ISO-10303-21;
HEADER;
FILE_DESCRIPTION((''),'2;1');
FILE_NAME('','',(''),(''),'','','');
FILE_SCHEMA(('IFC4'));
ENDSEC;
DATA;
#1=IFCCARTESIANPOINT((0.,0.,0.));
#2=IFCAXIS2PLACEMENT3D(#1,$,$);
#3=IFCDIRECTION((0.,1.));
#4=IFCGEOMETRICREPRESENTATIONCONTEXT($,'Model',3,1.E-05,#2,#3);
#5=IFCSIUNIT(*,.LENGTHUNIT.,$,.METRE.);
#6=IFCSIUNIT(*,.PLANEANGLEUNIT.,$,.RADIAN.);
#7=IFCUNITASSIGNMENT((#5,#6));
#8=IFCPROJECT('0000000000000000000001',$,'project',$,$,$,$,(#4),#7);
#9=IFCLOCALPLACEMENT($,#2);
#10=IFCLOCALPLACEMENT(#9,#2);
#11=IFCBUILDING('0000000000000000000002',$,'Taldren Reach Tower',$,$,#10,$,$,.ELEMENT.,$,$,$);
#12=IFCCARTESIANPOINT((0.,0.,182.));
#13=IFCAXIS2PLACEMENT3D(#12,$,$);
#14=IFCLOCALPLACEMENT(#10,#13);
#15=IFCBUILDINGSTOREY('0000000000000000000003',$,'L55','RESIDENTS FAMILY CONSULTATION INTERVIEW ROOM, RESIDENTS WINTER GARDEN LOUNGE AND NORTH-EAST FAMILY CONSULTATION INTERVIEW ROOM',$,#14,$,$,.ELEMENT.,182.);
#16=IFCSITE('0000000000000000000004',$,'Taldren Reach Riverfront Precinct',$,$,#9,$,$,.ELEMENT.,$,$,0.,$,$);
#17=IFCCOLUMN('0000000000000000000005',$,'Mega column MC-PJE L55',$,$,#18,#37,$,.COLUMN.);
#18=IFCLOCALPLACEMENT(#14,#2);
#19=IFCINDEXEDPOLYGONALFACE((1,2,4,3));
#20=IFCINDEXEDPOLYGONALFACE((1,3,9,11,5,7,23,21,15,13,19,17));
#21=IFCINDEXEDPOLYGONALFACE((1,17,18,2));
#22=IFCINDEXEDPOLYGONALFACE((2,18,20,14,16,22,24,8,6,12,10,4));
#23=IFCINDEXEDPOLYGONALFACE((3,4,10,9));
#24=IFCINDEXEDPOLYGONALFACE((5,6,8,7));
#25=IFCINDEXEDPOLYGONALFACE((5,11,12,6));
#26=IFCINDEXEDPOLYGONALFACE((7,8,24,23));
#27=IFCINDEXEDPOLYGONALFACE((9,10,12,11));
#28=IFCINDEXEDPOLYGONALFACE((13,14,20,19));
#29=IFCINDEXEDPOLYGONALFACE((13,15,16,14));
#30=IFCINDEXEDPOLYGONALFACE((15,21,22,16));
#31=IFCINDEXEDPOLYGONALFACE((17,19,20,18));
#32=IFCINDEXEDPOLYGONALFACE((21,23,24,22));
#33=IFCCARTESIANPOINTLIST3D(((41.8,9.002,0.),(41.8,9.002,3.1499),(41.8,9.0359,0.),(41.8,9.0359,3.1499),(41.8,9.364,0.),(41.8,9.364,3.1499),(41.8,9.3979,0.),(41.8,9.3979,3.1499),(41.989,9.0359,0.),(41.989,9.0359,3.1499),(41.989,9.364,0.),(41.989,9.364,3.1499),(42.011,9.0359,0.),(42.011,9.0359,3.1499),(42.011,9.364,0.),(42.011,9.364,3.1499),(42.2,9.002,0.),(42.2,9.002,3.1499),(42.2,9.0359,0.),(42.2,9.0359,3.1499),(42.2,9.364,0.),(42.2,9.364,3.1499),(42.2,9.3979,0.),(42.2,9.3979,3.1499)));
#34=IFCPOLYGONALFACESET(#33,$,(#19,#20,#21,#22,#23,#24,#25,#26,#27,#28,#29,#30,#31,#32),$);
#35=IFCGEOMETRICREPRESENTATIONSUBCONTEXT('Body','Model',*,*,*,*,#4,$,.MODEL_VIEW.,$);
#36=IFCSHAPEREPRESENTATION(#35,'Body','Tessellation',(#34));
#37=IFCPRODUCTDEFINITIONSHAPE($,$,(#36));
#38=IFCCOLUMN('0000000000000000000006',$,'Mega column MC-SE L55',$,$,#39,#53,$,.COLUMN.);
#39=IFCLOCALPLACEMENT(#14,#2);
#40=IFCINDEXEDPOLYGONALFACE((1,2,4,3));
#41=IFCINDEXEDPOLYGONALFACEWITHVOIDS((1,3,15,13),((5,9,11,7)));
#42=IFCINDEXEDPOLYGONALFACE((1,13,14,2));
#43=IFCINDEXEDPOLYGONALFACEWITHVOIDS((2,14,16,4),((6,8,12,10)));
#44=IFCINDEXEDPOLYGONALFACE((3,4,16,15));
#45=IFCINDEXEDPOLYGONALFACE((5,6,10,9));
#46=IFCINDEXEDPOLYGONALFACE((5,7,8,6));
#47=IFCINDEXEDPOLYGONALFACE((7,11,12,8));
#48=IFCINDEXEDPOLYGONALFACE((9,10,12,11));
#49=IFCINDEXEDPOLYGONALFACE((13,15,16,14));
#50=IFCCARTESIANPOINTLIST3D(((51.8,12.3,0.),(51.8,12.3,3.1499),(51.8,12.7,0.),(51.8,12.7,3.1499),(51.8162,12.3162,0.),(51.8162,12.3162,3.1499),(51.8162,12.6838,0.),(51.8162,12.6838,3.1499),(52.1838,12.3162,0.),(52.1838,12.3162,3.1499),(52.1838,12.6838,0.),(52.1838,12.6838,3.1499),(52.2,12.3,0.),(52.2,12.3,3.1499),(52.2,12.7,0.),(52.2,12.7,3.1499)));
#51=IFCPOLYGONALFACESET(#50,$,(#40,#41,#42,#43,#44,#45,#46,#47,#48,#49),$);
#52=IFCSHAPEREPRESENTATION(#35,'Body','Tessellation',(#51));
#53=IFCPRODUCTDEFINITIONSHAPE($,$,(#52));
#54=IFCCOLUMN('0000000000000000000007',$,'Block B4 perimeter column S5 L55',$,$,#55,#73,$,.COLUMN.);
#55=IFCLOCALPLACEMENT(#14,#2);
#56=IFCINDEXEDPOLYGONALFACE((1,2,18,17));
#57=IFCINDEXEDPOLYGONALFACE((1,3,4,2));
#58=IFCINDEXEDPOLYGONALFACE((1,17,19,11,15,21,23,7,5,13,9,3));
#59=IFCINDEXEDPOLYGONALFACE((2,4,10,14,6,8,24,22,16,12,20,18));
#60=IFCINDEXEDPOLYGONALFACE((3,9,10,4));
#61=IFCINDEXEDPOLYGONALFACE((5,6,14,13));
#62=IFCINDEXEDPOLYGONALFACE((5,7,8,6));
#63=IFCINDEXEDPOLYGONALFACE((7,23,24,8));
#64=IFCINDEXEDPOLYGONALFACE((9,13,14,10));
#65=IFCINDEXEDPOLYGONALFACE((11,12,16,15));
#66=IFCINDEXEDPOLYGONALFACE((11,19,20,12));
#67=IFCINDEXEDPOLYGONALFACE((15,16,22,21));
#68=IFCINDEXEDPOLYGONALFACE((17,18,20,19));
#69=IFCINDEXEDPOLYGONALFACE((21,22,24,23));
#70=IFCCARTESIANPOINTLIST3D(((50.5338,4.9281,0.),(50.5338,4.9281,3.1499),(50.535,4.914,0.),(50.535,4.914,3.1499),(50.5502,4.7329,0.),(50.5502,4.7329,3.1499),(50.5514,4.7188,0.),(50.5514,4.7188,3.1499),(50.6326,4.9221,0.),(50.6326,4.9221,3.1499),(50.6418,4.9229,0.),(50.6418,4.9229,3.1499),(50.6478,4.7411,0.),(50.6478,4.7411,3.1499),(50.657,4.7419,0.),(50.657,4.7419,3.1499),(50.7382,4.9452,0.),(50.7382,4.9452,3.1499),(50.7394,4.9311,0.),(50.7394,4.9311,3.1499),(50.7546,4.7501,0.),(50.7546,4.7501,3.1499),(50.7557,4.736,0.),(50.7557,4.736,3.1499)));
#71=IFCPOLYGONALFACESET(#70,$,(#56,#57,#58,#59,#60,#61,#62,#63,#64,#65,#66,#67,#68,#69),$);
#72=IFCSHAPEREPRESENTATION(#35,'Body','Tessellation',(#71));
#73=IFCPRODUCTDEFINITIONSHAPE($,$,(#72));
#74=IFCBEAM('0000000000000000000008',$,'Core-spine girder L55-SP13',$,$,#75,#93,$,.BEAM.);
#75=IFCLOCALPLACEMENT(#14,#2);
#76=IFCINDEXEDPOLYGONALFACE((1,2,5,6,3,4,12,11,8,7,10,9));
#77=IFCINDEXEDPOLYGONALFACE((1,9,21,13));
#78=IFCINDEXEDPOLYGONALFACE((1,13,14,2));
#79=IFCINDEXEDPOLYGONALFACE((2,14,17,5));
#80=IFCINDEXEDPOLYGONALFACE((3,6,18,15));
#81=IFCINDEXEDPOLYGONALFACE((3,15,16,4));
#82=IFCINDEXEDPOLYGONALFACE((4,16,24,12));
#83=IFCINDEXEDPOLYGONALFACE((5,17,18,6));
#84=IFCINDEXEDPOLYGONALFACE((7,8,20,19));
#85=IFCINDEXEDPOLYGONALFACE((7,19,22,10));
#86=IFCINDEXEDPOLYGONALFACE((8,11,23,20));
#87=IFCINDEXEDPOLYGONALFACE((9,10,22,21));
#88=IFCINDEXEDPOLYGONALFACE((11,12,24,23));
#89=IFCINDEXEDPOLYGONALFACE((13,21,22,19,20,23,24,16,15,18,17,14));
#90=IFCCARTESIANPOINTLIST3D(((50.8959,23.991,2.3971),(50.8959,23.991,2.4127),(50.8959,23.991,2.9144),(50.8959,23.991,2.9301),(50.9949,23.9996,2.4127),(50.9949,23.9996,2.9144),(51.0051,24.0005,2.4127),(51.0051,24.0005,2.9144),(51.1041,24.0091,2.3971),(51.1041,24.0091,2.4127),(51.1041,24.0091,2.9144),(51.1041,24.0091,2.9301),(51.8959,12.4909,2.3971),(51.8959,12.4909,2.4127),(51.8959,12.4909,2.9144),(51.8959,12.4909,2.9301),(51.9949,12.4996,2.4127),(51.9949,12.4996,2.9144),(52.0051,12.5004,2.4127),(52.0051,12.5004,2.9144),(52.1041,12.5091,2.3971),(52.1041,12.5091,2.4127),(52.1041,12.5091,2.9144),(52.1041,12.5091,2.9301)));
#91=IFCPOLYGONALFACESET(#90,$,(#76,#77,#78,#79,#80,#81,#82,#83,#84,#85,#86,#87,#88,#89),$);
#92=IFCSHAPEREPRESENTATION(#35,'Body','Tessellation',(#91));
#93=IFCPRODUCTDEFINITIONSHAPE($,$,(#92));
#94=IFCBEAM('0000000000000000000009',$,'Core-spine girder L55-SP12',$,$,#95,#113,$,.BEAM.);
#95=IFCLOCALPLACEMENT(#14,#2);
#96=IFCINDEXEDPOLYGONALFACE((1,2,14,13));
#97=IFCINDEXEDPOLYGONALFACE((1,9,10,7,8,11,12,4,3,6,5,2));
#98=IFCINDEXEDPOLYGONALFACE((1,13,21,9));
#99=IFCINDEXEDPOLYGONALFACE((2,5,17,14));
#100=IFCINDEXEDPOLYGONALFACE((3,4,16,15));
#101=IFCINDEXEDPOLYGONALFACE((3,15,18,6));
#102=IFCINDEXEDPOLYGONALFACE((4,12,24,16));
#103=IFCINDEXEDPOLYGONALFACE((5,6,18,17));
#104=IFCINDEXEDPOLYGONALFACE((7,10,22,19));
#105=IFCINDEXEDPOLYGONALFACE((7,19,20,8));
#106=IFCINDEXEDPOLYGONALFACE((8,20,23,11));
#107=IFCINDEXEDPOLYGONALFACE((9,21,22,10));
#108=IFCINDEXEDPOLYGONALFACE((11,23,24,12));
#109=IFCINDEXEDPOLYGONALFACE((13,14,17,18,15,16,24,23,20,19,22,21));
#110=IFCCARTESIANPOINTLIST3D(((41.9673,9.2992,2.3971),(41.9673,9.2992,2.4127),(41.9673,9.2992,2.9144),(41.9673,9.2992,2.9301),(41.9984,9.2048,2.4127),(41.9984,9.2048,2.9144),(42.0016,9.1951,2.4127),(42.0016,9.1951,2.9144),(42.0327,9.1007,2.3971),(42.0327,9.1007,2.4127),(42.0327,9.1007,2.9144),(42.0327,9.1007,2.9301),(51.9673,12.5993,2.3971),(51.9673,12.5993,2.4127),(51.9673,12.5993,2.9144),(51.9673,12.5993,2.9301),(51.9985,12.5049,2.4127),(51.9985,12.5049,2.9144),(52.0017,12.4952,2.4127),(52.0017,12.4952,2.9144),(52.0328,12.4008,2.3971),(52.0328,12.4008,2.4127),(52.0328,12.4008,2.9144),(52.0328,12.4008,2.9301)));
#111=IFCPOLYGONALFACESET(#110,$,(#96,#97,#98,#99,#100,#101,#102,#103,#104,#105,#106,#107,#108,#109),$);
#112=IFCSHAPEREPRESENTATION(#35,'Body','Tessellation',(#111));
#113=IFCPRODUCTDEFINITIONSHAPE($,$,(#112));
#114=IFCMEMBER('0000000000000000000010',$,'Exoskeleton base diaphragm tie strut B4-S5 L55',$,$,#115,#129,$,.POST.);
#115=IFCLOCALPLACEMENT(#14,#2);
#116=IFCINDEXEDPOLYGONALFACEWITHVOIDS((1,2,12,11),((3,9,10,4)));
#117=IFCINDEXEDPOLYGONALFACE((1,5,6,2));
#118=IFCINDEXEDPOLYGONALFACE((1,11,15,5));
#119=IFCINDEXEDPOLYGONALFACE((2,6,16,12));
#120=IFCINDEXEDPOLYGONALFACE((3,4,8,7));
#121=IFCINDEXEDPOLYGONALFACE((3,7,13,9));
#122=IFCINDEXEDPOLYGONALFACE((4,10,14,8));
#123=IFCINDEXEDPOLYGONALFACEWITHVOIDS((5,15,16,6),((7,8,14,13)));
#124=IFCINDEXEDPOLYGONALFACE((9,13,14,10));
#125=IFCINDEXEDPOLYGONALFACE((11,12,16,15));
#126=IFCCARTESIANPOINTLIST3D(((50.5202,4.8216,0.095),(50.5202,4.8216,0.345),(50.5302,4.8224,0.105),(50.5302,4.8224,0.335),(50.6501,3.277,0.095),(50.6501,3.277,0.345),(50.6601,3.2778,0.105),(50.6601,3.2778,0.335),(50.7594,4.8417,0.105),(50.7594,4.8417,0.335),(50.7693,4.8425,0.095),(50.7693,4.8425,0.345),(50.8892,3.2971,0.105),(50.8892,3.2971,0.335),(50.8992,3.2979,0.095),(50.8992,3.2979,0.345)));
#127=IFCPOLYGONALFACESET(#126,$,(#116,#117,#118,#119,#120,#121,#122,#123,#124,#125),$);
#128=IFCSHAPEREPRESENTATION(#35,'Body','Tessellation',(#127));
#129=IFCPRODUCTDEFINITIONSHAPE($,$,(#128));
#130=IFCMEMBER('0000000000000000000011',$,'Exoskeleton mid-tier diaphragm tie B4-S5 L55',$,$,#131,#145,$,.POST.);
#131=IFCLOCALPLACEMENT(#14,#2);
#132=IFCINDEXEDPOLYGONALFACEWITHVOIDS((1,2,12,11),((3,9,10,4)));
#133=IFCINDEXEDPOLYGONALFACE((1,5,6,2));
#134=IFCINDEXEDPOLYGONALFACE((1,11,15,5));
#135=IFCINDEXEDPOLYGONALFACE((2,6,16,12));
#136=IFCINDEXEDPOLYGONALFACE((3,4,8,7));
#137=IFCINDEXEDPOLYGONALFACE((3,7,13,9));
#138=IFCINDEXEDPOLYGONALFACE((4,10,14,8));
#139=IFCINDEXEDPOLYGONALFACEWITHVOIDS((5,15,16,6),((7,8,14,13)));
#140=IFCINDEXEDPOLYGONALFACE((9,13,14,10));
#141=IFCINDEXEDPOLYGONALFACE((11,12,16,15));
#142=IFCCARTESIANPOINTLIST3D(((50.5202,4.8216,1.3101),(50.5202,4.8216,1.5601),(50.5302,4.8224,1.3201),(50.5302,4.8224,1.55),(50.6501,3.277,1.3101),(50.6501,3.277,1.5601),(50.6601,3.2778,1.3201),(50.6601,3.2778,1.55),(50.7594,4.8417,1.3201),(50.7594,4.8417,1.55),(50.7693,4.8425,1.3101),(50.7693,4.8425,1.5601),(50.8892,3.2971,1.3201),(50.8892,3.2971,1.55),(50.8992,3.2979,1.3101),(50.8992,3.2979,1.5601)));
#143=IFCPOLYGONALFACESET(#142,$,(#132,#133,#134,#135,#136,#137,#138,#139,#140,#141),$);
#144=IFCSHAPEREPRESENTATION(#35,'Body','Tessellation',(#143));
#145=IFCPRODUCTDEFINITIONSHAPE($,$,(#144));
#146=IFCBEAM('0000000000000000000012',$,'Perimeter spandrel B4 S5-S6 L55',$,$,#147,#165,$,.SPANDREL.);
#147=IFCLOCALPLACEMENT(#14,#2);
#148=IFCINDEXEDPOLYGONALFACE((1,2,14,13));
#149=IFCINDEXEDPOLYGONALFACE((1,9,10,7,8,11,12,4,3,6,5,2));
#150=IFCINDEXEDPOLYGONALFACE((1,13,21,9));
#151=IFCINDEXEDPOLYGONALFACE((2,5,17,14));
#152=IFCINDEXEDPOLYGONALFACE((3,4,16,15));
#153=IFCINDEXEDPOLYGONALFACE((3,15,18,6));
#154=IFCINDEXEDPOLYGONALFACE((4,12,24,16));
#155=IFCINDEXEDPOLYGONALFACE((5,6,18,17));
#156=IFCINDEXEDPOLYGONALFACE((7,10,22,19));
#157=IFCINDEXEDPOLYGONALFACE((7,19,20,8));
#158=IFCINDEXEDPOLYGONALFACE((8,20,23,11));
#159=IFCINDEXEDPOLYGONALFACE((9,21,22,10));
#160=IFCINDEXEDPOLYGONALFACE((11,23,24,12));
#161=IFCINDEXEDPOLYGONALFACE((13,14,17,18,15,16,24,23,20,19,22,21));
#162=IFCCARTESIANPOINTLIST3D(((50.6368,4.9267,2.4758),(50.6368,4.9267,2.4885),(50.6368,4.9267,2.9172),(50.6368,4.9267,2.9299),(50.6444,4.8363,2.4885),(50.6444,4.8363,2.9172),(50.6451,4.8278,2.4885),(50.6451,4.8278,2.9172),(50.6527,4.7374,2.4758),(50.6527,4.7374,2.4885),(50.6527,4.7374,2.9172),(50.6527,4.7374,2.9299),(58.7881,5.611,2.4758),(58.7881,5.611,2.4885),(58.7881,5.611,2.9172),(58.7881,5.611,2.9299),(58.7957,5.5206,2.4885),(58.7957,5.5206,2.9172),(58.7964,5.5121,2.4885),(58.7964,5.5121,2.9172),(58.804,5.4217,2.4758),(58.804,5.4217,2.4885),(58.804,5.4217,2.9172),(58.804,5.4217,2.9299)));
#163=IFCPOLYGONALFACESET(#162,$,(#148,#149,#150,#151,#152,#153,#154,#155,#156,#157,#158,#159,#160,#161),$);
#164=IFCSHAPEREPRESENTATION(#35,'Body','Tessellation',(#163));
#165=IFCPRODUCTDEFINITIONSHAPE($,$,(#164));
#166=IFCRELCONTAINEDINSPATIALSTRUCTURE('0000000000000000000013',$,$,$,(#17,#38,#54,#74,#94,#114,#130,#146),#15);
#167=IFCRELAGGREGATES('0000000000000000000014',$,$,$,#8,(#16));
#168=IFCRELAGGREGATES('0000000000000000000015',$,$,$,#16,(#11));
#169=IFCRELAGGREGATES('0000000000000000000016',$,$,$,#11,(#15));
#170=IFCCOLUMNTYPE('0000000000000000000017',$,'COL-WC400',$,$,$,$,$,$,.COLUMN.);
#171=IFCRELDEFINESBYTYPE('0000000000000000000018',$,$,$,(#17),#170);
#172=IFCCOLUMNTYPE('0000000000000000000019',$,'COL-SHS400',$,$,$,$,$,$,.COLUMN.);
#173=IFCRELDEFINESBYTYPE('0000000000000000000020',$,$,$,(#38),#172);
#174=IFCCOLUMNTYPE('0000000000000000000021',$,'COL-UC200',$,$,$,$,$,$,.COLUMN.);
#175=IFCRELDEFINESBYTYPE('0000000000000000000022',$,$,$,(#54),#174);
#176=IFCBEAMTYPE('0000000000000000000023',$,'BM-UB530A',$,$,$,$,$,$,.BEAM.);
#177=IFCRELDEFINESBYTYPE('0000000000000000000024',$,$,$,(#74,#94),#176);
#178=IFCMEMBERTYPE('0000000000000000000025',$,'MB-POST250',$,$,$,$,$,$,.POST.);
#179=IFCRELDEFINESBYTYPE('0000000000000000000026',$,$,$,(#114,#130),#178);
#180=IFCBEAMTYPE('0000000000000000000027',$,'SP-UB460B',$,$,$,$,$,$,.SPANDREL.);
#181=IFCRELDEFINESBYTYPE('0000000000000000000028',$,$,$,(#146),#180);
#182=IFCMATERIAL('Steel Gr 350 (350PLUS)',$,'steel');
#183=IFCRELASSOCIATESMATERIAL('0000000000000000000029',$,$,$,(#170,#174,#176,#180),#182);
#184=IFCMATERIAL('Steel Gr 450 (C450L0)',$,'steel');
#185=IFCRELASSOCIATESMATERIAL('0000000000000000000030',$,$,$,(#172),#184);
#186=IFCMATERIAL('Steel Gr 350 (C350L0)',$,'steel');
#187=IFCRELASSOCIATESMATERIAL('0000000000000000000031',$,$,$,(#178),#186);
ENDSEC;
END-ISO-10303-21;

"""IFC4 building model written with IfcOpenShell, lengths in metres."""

from ifc_helpers import new_model, si_unit, direction, frame, origin, origin_2d, place, context, subcontext, project, spatial, hollow_rectangle, i_section, extrude, source, transform, mapped, material, material_profile, profile_set, type_object, element, save


model = new_model("IFC4")

# Units and contexts
model_context = context("Model", 3, precision=1e-05, world=origin(), true_north=direction((0.0, 1.0)))
body_context = subcontext(model_context, "Body", "Model", "MODEL_VIEW")
ifc_project = project(units=[si_unit("LENGTHUNIT", "METRE"), si_unit("PLANEANGLEUNIT", "RADIAN")], contexts=[model_context])

# Site, building, storey
site_placement = place(None, origin())
site = spatial("IfcSite", under=ifc_project, at=site_placement, Name="Taldren Reach Riverfront Precinct", CompositionType="ELEMENT", RefElevation=0.0)
building_placement = place(site_placement, origin())
building = spatial("IfcBuilding", under=site, at=building_placement, Name="Taldren Reach Tower", CompositionType="ELEMENT")
storey_placement = place(building_placement, frame((0.0, 0.0, 182.0)))
storey = spatial("IfcBuildingStorey", under=building, at=storey_placement, Name="L55", Description="RESIDENTS FAMILY CONSULTATION INTERVIEW ROOM, RESIDENTS WINTER GARDEN LOUNGE AND NORTH-EAST FAMILY CONSULTATION INTERVIEW ROOM", CompositionType="ELEMENT", Elevation=182.0)

# Columns
ifc_material_1 = material(Name="Steel Gr 350 (350PLUS)", Category="steel")
ifc_material_profile_1 = material_profile(ifc_material_1, i_section(OverallWidth=0.3999, OverallDepth=0.396, WebThickness=0.022, FlangeThickness=0.0339, at=origin_2d()), Name="400WC270")
ifc_profile_set_1 = profile_set([ifc_material_profile_1], Name="Steel Gr 350 (350PLUS)")
column_type_1 = type_object("IfcColumnType", Name="COL-WC400", PredefinedType="COLUMN", material=ifc_profile_set_1)
shared_shape_1 = source(origin(), body_context, "Body", "SweptSolid", [
    extrude(i_section(OverallWidth=0.3999, OverallDepth=0.396, WebThickness=0.022, FlangeThickness=0.0339, at=origin_2d()), origin(), (0.0, 0.0, 1.0), 3.1499),
])
column_1_placement = place(storey_placement, frame((42.0, 9.2, 0.0), z_axis=(0.0, 0.0, 1.0), x_axis=(1.0, 0.0, 0.0)))
element("IfcColumn", 1, at=column_1_placement, inside=storey, type_object=column_type_1, Name="Mega column MC-PJE L55", PredefinedType="COLUMN", context=body_context, shape_type="MappedRepresentation", body=[
    mapped(shared_shape_1, transform((0.0, 0.0, 0.0), scale=1.0)),
])
ifc_material_2 = material(Name="Steel Gr 450 (C450L0)", Category="steel")
ifc_material_profile_2 = material_profile(ifc_material_2, hollow_rectangle(XDim=0.3999, YDim=0.3999, WallThickness=0.0161, at=origin_2d()), Name="400x400x16.0SHS")
ifc_profile_set_2 = profile_set([ifc_material_profile_2], Name="Steel Gr 450 (C450L0)")
column_type_2 = type_object("IfcColumnType", Name="COL-SHS400", PredefinedType="COLUMN", material=ifc_profile_set_2)
shared_shape_2 = source(origin(), body_context, "Body", "SweptSolid", [
    extrude(hollow_rectangle(XDim=0.3999, YDim=0.3999, WallThickness=0.0161, at=origin_2d()), origin(), (0.0, 0.0, 1.0), 3.1499),
])
column_2_placement = place(storey_placement, frame((52.0, 12.5, 0.0), z_axis=(0.0, 0.0, 1.0), x_axis=(1.0, 0.0, 0.0)))
element("IfcColumn", 2, at=column_2_placement, inside=storey, type_object=column_type_2, Name="Mega column MC-SE L55", PredefinedType="COLUMN", context=body_context, shape_type="MappedRepresentation", body=[
    mapped(shared_shape_2, transform((0.0, 0.0, 0.0), scale=1.0)),
])
ifc_material_profile_3 = material_profile(ifc_material_1, i_section(OverallWidth=0.2051, OverallDepth=0.21, WebThickness=0.0093, FlangeThickness=0.0142, at=origin_2d()), Name="200UC59.5")
ifc_profile_set_3 = profile_set([ifc_material_profile_3], Name="Steel Gr 350 (350PLUS)")
column_type_3 = type_object("IfcColumnType", Name="COL-UC200", PredefinedType="COLUMN", material=ifc_profile_set_3)
shared_shape_3 = source(origin(), body_context, "Body", "SweptSolid", [
    extrude(i_section(OverallWidth=0.2051, OverallDepth=0.21, WebThickness=0.0093, FlangeThickness=0.0142, at=origin_2d()), origin(), (0.0, 0.0, 1.0), 3.1499),
])
column_3_placement = place(storey_placement, frame((50.6448, 4.832, 0.0), z_axis=(0.0, 0.0, 1.0), x_axis=(0.996493, 0.083678, 0.0)))
element("IfcColumn", 3, at=column_3_placement, inside=storey, type_object=column_type_3, Name="Block B4 perimeter column S5 L55", PredefinedType="COLUMN", context=body_context, shape_type="MappedRepresentation", body=[
    mapped(shared_shape_3, transform((0.0, 0.0, 0.0), scale=1.0)),
])

# Beams
ifc_material_profile_4 = material_profile(ifc_material_1, i_section(OverallWidth=0.209, OverallDepth=0.533, WebThickness=0.0103, FlangeThickness=0.0156, at=origin_2d()), Name="530UB92.4")
ifc_profile_set_4 = profile_set([ifc_material_profile_4], Name="Steel Gr 350 (350PLUS)")
beam_type_1 = type_object("IfcBeamType", Name="BM-UB530A", PredefinedType="BEAM", material=ifc_profile_set_4)
shared_shape_4 = source(origin(), body_context, "Body", "SweptSolid", [
    extrude(i_section(OverallWidth=0.209, OverallDepth=0.533, WebThickness=0.0103, FlangeThickness=0.0156, at=origin_2d()), origin(), (0.0, 0.0, 1.0), 11.5435),
])
beam_1_placement = place(storey_placement, frame((52.0, 12.5, 2.6636), z_axis=(-0.08663, 0.996241, 0.0), x_axis=(-0.996241, -0.08663, 0.0)))
element("IfcBeam", 4, at=beam_1_placement, inside=storey, type_object=beam_type_1, Name="Core-spine girder L55-SP13", PredefinedType="BEAM", context=body_context, shape_type="MappedRepresentation", body=[
    mapped(shared_shape_4, transform((0.0, 0.0, 0.0), scale=1.0)),
])
shared_shape_5 = source(origin(), body_context, "Body", "SweptSolid", [
    extrude(i_section(OverallWidth=0.209, OverallDepth=0.533, WebThickness=0.0103, FlangeThickness=0.0156, at=origin_2d()), origin(), (0.0, 0.0, 1.0), 10.5305),
])
beam_2_placement = place(storey_placement, frame((42.0, 9.2, 2.6636), z_axis=(0.949627, 0.313382, 0.0), x_axis=(-0.313382, 0.949627, 0.0)))
element("IfcBeam", 5, at=beam_2_placement, inside=storey, type_object=beam_type_1, Name="Core-spine girder L55-SP12", PredefinedType="BEAM", context=body_context, shape_type="MappedRepresentation", body=[
    mapped(shared_shape_5, transform((0.0, 0.0, 0.0), scale=1.0)),
])

# Members
ifc_material_3 = material(Name="Steel Gr 350 (C350L0)", Category="steel")
ifc_material_profile_5 = material_profile(ifc_material_3, hollow_rectangle(XDim=0.25, YDim=0.25, WallThickness=0.01, at=origin_2d()), Name="250x250x10.0SHS")
ifc_profile_set_5 = profile_set([ifc_material_profile_5], Name="Steel Gr 350 (C350L0)")
member_type_1 = type_object("IfcMemberType", Name="MB-POST250", PredefinedType="POST", material=ifc_profile_set_5)
shared_shape_6 = source(origin(), body_context, "Body", "SweptSolid", [
    extrude(hollow_rectangle(XDim=0.25, YDim=0.25, WallThickness=0.01, at=origin_2d()), origin(), (0.0, 0.0, 1.0), 1.55),
])
for number, where, z_axis, x_axis, name in (
    (6, (50.6448, 4.832, 0.22), (0.083788, -0.996484, 0.0), (0.996484, 0.083788, 0.0), "Exoskeleton base diaphragm tie strut B4-S5 L55"),
    (7, (50.6448, 4.832, 1.4351), (0.083788, -0.996484, 0.0), (0.996484, 0.083788, 0.0), "Exoskeleton mid-tier diaphragm tie B4-S5 L55"),
):
    element("IfcMember", number, at=place(storey_placement, frame(where, z_axis=z_axis, x_axis=x_axis)), inside=storey, type_object=member_type_1, Name=name, PredefinedType="POST", context=body_context, shape_type="MappedRepresentation", body=[
        mapped(shared_shape_6, transform((0.0, 0.0, 0.0), scale=1.0)),
    ])

# Beam
ifc_material_profile_6 = material_profile(ifc_material_1, i_section(OverallWidth=0.1899, OverallDepth=0.4541, WebThickness=0.0085, FlangeThickness=0.0127, at=origin_2d()), Name="460UB67.1")
ifc_profile_set_6 = profile_set([ifc_material_profile_6], Name="Steel Gr 350 (350PLUS)")
beam_type_2 = type_object("IfcBeamType", Name="SP-UB460B", PredefinedType="SPANDREL", material=ifc_profile_set_6)
shared_shape_7 = source(origin(), body_context, "Body", "SweptSolid", [
    extrude(i_section(OverallWidth=0.1899, OverallDepth=0.4541, WebThickness=0.0085, FlangeThickness=0.0127, at=origin_2d()), origin(), (0.0, 0.0, 1.0), 8.1799),
])
beam_3_placement = place(storey_placement, frame((50.6448, 4.832, 2.7029), z_axis=(0.996495, 0.083658, 0.0), x_axis=(-0.083658, 0.996495, 0.0)))
element("IfcBeam", 8, at=beam_3_placement, inside=storey, type_object=beam_type_2, Name="Perimeter spandrel B4 S5-S6 L55", PredefinedType="SPANDREL", context=body_context, shape_type="MappedRepresentation", body=[
    mapped(shared_shape_7, transform((0.0, 0.0, 0.0), scale=1.0)),
])

save(model, "model.ifc")
